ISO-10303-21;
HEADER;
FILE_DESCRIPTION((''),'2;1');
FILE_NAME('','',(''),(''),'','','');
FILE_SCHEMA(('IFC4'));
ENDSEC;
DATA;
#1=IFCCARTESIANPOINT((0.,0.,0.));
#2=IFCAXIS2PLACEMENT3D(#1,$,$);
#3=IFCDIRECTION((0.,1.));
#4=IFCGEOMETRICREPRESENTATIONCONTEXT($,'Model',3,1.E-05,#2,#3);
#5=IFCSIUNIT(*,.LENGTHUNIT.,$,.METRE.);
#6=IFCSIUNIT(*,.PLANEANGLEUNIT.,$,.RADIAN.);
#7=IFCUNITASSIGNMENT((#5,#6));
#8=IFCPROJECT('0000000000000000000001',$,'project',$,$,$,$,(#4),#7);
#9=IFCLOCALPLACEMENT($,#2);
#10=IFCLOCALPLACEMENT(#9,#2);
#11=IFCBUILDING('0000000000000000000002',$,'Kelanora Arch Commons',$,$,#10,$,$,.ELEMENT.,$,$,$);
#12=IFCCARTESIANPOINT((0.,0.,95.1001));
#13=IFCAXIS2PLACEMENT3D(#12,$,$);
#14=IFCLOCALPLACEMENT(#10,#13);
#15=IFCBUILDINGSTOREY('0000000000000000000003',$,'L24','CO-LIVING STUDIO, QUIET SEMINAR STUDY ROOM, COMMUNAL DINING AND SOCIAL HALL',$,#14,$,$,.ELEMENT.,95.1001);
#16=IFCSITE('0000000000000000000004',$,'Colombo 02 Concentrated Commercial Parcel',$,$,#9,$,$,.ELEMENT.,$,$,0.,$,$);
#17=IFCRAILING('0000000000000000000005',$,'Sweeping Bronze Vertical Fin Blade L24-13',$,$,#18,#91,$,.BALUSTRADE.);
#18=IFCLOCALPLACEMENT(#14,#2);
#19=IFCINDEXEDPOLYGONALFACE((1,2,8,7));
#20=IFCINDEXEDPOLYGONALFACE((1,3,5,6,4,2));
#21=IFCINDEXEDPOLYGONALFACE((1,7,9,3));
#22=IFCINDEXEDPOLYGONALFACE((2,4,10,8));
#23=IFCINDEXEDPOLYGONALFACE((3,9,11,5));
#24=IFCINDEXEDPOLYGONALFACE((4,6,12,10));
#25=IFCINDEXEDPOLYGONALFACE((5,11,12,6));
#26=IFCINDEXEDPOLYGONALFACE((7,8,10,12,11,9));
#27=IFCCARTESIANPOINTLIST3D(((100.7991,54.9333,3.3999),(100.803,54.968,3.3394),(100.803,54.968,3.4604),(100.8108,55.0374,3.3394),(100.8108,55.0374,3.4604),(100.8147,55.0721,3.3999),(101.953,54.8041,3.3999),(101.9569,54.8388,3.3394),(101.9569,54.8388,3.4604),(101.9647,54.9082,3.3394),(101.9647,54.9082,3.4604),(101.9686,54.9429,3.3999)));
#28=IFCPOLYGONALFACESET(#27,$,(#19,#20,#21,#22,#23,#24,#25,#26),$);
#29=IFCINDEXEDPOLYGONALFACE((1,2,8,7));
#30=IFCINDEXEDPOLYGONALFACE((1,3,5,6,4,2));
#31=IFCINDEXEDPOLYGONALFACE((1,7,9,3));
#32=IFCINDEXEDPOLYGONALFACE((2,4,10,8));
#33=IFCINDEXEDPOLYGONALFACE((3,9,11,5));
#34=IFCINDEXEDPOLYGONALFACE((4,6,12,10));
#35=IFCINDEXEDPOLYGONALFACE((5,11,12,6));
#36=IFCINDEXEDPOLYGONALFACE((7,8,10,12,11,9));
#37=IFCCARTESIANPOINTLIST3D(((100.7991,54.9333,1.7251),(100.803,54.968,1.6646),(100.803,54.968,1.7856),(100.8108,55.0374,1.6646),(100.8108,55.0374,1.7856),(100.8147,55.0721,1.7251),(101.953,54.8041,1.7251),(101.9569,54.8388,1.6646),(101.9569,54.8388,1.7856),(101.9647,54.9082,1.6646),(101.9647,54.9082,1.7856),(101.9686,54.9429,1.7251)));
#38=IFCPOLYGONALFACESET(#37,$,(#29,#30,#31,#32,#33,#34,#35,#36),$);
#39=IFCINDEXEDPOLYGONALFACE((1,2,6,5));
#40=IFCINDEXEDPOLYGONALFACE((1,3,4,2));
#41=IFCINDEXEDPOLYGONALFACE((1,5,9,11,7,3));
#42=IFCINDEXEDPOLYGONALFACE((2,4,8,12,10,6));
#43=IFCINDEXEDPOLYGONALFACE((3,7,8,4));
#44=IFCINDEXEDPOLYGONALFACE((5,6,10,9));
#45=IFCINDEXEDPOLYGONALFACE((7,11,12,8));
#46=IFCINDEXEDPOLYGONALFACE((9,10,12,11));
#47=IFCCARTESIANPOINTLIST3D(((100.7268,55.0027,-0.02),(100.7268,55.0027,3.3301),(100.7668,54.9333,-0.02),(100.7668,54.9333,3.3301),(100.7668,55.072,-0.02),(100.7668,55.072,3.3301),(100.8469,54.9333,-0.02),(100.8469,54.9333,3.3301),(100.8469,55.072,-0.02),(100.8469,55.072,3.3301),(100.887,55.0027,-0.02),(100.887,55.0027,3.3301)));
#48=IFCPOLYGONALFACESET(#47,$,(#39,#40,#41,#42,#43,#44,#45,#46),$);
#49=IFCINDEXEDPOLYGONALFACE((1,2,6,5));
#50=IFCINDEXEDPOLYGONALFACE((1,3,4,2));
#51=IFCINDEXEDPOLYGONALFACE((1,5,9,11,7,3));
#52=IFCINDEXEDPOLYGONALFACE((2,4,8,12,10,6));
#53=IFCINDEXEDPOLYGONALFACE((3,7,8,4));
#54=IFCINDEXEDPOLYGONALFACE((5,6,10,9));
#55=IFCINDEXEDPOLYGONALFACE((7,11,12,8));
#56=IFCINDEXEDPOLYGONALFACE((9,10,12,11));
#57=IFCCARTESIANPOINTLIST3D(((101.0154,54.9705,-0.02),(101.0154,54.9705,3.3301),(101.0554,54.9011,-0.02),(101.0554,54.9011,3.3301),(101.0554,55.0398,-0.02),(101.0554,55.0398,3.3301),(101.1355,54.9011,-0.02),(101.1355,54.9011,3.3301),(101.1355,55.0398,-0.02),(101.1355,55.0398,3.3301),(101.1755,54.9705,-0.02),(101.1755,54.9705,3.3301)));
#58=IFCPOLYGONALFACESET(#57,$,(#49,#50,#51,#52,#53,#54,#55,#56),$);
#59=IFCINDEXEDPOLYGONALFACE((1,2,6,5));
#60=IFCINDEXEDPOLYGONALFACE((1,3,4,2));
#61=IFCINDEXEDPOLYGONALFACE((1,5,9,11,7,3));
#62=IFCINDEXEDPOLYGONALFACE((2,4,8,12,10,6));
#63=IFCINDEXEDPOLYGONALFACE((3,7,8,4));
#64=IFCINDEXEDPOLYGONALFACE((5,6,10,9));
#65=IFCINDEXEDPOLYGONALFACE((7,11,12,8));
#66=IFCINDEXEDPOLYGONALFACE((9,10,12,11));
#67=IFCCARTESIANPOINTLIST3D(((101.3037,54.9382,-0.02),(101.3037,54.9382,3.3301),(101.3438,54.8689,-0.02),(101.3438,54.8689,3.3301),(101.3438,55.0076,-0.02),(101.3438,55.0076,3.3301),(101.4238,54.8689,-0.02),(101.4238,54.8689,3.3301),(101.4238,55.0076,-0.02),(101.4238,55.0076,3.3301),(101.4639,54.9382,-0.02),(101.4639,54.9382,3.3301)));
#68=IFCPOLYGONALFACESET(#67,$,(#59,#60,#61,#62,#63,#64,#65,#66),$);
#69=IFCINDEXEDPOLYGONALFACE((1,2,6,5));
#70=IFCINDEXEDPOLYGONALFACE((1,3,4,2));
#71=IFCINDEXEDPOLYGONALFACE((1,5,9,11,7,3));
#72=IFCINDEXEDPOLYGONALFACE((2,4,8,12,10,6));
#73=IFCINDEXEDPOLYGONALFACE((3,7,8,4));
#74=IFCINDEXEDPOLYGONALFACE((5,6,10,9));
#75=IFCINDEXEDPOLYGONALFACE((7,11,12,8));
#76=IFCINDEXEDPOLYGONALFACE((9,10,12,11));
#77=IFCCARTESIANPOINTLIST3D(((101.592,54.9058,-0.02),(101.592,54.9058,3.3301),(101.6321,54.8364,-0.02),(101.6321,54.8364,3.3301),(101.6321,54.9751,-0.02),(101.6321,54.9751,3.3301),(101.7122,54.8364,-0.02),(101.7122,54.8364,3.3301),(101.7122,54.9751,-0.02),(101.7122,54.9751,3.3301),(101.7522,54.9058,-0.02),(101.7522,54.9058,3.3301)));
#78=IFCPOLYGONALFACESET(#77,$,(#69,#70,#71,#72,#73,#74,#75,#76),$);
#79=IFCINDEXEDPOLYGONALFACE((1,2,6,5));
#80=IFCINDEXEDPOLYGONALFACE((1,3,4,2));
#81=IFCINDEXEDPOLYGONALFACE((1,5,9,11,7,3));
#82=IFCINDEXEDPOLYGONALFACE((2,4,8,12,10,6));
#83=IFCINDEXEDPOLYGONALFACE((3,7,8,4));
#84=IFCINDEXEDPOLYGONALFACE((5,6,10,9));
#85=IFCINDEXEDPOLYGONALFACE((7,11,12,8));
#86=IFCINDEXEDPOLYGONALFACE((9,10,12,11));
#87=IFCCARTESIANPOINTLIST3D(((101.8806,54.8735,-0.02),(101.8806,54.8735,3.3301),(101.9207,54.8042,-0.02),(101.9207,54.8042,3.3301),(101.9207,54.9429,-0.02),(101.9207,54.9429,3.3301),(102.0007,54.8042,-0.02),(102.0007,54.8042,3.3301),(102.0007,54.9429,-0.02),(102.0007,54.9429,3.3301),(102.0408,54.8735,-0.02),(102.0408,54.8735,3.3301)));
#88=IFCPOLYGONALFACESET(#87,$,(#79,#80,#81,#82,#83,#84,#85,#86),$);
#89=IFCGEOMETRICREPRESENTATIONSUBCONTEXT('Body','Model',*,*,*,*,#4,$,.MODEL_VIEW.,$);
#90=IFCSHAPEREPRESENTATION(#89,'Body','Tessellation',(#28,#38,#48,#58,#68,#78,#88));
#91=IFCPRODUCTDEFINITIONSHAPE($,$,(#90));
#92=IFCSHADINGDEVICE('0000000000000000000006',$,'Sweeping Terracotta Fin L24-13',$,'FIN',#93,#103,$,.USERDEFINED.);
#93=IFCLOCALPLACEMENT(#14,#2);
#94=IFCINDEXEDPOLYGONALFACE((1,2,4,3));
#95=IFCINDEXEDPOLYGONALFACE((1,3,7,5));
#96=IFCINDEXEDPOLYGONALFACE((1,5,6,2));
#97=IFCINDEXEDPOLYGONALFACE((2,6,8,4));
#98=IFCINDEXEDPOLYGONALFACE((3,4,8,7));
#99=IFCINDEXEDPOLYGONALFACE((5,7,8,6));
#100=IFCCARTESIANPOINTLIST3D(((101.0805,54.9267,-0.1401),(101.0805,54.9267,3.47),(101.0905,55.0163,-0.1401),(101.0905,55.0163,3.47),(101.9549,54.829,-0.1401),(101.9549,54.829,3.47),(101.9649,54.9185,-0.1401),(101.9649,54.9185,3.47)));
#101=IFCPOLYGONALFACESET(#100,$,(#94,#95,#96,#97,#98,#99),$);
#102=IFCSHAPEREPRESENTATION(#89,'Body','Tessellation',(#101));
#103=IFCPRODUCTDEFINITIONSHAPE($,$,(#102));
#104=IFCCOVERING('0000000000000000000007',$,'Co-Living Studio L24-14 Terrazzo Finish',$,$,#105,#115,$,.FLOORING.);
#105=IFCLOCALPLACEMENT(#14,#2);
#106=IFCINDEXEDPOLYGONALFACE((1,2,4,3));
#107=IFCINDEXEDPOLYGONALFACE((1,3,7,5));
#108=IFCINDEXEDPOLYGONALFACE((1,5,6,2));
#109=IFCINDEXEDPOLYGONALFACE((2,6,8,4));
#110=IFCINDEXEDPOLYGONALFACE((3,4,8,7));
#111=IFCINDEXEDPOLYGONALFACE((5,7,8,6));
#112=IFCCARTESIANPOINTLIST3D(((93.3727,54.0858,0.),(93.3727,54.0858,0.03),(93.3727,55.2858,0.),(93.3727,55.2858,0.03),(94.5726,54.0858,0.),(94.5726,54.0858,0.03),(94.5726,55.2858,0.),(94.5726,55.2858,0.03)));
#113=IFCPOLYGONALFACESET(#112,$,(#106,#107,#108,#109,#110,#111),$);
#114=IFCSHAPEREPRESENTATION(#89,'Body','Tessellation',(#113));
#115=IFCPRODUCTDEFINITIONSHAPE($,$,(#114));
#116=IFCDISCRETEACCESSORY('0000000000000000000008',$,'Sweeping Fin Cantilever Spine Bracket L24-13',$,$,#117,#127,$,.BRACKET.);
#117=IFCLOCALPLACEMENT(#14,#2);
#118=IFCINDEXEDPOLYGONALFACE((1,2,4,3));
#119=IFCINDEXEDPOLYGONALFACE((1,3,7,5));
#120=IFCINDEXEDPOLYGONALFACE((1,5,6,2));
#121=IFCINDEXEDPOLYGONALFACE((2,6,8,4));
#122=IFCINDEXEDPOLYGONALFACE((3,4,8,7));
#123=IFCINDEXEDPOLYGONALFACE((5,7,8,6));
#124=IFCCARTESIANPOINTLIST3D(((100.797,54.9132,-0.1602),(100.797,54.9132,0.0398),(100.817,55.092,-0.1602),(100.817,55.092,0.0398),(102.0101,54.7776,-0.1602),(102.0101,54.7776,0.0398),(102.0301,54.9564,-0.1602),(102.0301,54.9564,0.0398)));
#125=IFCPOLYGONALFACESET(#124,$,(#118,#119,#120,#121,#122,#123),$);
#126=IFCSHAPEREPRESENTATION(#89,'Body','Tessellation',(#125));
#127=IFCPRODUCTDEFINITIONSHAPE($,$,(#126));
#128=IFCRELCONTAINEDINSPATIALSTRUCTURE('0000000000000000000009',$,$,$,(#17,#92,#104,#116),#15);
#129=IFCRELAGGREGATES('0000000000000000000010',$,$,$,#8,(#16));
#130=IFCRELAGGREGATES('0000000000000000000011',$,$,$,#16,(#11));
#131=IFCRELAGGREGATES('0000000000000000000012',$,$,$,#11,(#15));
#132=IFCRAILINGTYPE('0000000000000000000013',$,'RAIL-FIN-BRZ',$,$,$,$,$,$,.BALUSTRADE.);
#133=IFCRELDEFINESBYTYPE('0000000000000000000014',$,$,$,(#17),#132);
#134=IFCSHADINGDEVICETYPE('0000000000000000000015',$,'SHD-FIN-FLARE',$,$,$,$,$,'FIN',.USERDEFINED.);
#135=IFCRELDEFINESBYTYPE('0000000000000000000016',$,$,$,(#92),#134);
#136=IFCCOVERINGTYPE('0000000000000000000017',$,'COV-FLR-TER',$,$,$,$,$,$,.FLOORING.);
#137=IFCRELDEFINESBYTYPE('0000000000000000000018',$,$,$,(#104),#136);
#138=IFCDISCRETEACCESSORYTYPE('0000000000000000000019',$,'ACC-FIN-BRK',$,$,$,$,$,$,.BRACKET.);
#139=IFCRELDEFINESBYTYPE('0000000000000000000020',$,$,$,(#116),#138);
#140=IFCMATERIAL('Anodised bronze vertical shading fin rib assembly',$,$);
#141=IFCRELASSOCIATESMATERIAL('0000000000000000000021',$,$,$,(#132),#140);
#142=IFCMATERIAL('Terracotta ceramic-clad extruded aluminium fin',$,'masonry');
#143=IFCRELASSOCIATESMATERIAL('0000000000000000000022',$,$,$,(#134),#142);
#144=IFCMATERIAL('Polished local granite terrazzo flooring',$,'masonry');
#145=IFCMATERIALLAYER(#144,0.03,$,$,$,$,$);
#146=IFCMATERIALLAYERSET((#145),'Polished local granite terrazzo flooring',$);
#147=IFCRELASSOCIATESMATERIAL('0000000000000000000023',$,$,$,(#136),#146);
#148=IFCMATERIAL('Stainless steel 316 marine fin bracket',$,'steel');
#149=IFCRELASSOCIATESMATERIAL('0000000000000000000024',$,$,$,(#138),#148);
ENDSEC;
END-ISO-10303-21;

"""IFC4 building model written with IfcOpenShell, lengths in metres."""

from ifc_helpers import new_model, si_unit, direction, frame, origin, origin_2d, place, context, subcontext, project, spatial, polyline, rectangle, outline, extrude, source, transform, mapped, material, layer, layer_set, type_object, element, save


model = new_model("IFC4")

# Units and contexts
model_context = context("Model", 3, precision=1e-05, world=origin(), true_north=direction((0.0, 1.0)))
body_context = subcontext(model_context, "Body", "Model", "MODEL_VIEW")
ifc_project = project(units=[si_unit("LENGTHUNIT", "METRE"), si_unit("PLANEANGLEUNIT", "RADIAN")], contexts=[model_context])

# Site, building, storey
site_placement = place(None, origin())
site = spatial("IfcSite", under=ifc_project, at=site_placement, Name="Colombo 02 Concentrated Commercial Parcel", CompositionType="ELEMENT", RefElevation=0.0)
building_placement = place(site_placement, origin())
building = spatial("IfcBuilding", under=site, at=building_placement, Name="Kelanora Arch Commons", CompositionType="ELEMENT")
storey_placement = place(building_placement, frame((0.0, 0.0, 95.1001)))
storey = spatial("IfcBuildingStorey", under=building, at=storey_placement, Name="L24", Description="CO-LIVING STUDIO, QUIET SEMINAR STUDY ROOM, COMMUNAL DINING AND SOCIAL HALL", CompositionType="ELEMENT", Elevation=95.1001)

# Railing
ifc_material_1 = material(Name="Anodised bronze vertical shading fin rib assembly")
railing_type_1 = type_object("IfcRailingType", Name="RAIL-FIN-BRZ", PredefinedType="BALUSTRADE", material=ifc_material_1)
railing_1_placement = place(storey_placement, frame((100.8069, 55.0027, -0.02)))
element("IfcRailing", 1, at=railing_1_placement, inside=storey, type_object=railing_type_1, Name="Sweeping Bronze Vertical Fin Blade L24-13", PredefinedType="BALUSTRADE", context=body_context, shape_type="SweptSolid", body=[
    extrude(outline(polyline([(0.0698, 0.0), (0.0349, 0.0605), (-0.0349, 0.0605), (-0.0698, 0.0), (-0.0349, -0.0605), (0.0349, -0.0605), (0.0698, 0.0)])), frame((0.0, 0.0, 3.4199), z_axis=(0.993794, -0.111239, 0.0), x_axis=(0.111239, 0.993794, 0.0)), (0.0, 0.0, 1.0), 1.1611),
    extrude(outline(polyline([(0.0698, 0.0), (0.0349, 0.0605), (-0.0349, 0.0605), (-0.0698, 0.0), (-0.0349, -0.0605), (0.0349, -0.0605), (0.0698, 0.0)])), frame((0.0, 0.0, 1.7451), z_axis=(0.993794, -0.111239, 0.0), x_axis=(0.111239, 0.993794, 0.0)), (0.0, 0.0, 1.0), 1.1611),
    extrude(outline(polyline([(0.0801, 0.0), (0.04, 0.0693), (-0.04, 0.0693), (-0.0801, 0.0), (-0.04, -0.0693), (0.04, -0.0693), (0.0801, 0.0)])), origin(), (0.0, 0.0, 1.0), 3.3501),
    extrude(outline(polyline([(0.0801, 0.0), (0.04, 0.0693), (-0.04, 0.0693), (-0.0801, 0.0), (-0.04, -0.0693), (0.04, -0.0693), (0.0801, 0.0)])), frame((0.2886, -0.0322, 0.0)), (0.0, 0.0, 1.0), 3.3501),
    extrude(outline(polyline([(0.0801, 0.0), (0.04, 0.0693), (-0.04, 0.0693), (-0.0801, 0.0), (-0.04, -0.0693), (0.04, -0.0693), (0.0801, 0.0)])), frame((0.5769, -0.0645, 0.0)), (0.0, 0.0, 1.0), 3.3501),
    extrude(outline(polyline([(0.0801, 0.0), (0.04, 0.0693), (-0.04, 0.0693), (-0.0801, 0.0), (-0.04, -0.0693), (0.04, -0.0693), (0.0801, 0.0)])), frame((0.8652, -0.0969, 0.0)), (0.0, 0.0, 1.0), 3.3501),
    extrude(outline(polyline([(0.0801, 0.0), (0.04, 0.0693), (-0.04, 0.0693), (-0.0801, 0.0), (-0.04, -0.0693), (0.04, -0.0693), (0.0801, 0.0)])), frame((1.1538, -0.1292, 0.0)), (0.0, 0.0, 1.0), 3.3501),
])

# Shading device
ifc_material_2 = material(Name="Terracotta ceramic-clad extruded aluminium fin", Category="masonry")
shading_device_type = type_object("IfcShadingDeviceType", Name="SHD-FIN-FLARE", ElementType="FIN", PredefinedType="USERDEFINED", material=ifc_material_2)
shared_shape_1 = source(origin(), body_context, "Body", "SweptSolid", [
    extrude(rectangle(XDim=0.8799, YDim=0.0901, at=origin_2d()), origin(), (0.0, 0.0, 1.0), 3.6101),
])
shading_device_placement = place(storey_placement, frame((101.5227, 54.9226, -0.1401), z_axis=(0.0, 0.0, 1.0), x_axis=(0.993807, -0.111122, 0.0)))
element("IfcShadingDevice", 2, at=shading_device_placement, inside=storey, type_object=shading_device_type, Name="Sweeping Terracotta Fin L24-13", ObjectType="FIN", PredefinedType="USERDEFINED", context=body_context, shape_type="MappedRepresentation", body=[
    mapped(shared_shape_1, transform((0.0, 0.0, 0.0), scale=1.0)),
])

# Covering
ifc_material_3 = material(Name="Polished local granite terrazzo flooring", Category="masonry")
ifc_layer_1 = layer(ifc_material_3, 0.03)
ifc_layer_set_1 = layer_set([ifc_layer_1], Name="Polished local granite terrazzo flooring")
covering_type = type_object("IfcCoveringType", Name="COV-FLR-TER", PredefinedType="FLOORING", material=ifc_layer_set_1)
shared_shape_2 = source(origin(), body_context, "Body", "SweptSolid", [
    extrude(rectangle(XDim=1.2, YDim=1.2, at=origin_2d()), origin(), (0.0, 0.0, 1.0), 0.03),
])
covering_placement = place(storey_placement, frame((93.9727, 54.6858, 0.0), z_axis=(0.0, 0.0, 1.0), x_axis=(1.0, 0.0, 0.0)))
element("IfcCovering", 3, at=covering_placement, inside=storey, type_object=covering_type, Name="Co-Living Studio L24-14 Terrazzo Finish", PredefinedType="FLOORING", context=body_context, shape_type="MappedRepresentation", body=[
    mapped(shared_shape_2, transform((0.0, 0.0, 0.0), scale=1.0)),
])

# Discrete accessory
ifc_material_4 = material(Name="Stainless steel 316 marine fin bracket", Category="steel")
discrete_accessory_type = type_object("IfcDiscreteAccessoryType", Name="ACC-FIN-BRK", PredefinedType="BRACKET", material=ifc_material_4)
shared_shape_3 = source(origin(), body_context, "Body", "SweptSolid", [
    extrude(rectangle(XDim=1.2207, YDim=0.1799, at=origin_2d()), origin(), (0.0, 0.0, 1.0), 0.2),
])
discrete_accessory_placement = place(storey_placement, frame((101.4136, 54.9348, -0.1602), z_axis=(0.0, 0.0, 1.0), x_axis=(0.993807, -0.111122, 0.0)))
element("IfcDiscreteAccessory", 4, at=discrete_accessory_placement, inside=storey, type_object=discrete_accessory_type, Name="Sweeping Fin Cantilever Spine Bracket L24-13", PredefinedType="BRACKET", context=body_context, shape_type="MappedRepresentation", body=[
    mapped(shared_shape_3, transform((0.0, 0.0, 0.0), scale=1.0)),
])

save(model, "model.ifc")
